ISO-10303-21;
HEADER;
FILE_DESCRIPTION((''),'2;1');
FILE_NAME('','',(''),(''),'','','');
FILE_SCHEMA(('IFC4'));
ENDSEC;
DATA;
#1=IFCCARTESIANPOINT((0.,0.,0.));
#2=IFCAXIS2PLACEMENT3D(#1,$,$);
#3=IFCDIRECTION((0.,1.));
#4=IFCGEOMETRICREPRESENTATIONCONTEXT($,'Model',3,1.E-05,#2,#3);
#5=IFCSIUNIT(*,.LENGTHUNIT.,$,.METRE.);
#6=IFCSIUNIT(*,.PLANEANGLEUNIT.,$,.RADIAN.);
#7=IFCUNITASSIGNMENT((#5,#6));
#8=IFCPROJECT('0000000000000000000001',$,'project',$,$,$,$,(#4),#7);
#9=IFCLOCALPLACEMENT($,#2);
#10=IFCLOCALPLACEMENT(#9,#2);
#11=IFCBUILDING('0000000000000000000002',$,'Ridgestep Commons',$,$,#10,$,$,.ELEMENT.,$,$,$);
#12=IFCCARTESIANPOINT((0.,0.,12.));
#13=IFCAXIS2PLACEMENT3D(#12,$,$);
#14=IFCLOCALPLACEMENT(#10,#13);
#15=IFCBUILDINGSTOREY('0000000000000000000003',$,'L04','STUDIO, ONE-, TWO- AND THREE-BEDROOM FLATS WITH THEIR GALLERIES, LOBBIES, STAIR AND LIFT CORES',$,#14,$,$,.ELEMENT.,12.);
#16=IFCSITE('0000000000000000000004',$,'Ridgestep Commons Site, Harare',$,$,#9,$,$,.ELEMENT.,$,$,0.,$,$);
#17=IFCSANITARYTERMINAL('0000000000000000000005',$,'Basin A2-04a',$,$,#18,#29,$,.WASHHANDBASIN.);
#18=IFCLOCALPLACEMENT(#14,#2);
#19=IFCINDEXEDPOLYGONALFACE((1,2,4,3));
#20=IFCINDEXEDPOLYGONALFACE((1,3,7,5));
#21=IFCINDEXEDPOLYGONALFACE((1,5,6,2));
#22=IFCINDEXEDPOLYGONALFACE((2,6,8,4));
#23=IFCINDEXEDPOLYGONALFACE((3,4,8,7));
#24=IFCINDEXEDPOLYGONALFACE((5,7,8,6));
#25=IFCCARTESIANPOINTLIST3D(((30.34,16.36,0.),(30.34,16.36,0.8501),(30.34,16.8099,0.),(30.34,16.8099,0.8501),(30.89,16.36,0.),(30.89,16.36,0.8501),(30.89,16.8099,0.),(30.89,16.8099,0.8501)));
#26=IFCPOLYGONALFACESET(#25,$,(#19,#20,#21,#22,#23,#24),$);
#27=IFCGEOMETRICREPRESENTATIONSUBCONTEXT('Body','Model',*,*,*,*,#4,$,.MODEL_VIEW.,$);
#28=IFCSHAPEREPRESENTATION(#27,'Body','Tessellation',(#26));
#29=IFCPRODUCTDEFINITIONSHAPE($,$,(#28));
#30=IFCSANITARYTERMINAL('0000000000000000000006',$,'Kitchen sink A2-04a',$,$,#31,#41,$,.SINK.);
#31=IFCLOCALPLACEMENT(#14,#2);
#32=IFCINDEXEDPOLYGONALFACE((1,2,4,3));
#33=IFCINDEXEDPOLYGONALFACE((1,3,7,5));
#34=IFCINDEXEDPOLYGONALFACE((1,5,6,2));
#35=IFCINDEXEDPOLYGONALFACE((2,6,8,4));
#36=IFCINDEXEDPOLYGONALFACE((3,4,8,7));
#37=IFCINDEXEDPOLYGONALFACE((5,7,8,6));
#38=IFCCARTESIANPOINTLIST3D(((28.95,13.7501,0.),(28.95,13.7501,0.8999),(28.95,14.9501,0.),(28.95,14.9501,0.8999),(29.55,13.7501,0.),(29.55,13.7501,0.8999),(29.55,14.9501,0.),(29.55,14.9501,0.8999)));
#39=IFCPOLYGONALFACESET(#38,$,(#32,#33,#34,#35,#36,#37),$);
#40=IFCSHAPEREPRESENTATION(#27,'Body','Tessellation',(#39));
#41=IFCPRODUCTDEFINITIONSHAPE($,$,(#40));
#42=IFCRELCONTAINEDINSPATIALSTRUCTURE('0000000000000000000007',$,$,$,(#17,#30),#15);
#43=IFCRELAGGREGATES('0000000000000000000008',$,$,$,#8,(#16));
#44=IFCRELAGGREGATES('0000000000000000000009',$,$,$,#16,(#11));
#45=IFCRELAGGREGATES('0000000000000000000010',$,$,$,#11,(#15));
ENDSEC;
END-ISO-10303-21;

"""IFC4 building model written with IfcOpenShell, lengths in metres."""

from ifc_helpers import new_model, si_unit, direction, frame, origin, origin_2d, place, context, subcontext, project, spatial, rectangle, extrude, element, save


model = new_model("IFC4")

# Units and contexts
model_context = context("Model", 3, precision=1e-05, world=origin(), true_north=direction((0.0, 1.0)))
body_context = subcontext(model_context, "Body", "Model", "MODEL_VIEW")
ifc_project = project(units=[si_unit("LENGTHUNIT", "METRE"), si_unit("PLANEANGLEUNIT", "RADIAN")], contexts=[model_context])

# Site, building, storey
site_placement = place(None, origin())
site = spatial("IfcSite", under=ifc_project, at=site_placement, Name="Ridgestep Commons Site, Harare", CompositionType="ELEMENT", RefElevation=0.0)
building_placement = place(site_placement, origin())
building = spatial("IfcBuilding", under=site, at=building_placement, Name="Ridgestep Commons", CompositionType="ELEMENT")
storey_placement = place(building_placement, frame((0.0, 0.0, 12.0)))
storey = spatial("IfcBuildingStorey", under=building, at=storey_placement, Name="L04", Description="STUDIO, ONE-, TWO- AND THREE-BEDROOM FLATS WITH THEIR GALLERIES, LOBBIES, STAIR AND LIFT CORES", CompositionType="ELEMENT", Elevation=12.0)

# Sanitary terminals
sanitary_terminal_1_placement = place(storey_placement, frame((30.615, 16.585, 0.0), z_axis=(0.0, 0.0, 1.0), x_axis=(1.0, 0.0, 0.0)))
element("IfcSanitaryTerminal", 1, at=sanitary_terminal_1_placement, inside=storey, Name="Basin A2-04a", PredefinedType="WASHHANDBASIN", context=body_context, shape_type="SweptSolid", body=[
    extrude(rectangle(XDim=0.55, YDim=0.45, at=origin_2d()), origin(), (0.0, 0.0, 1.0), 0.8501),
])
sanitary_terminal_2_placement = place(storey_placement, frame((29.25, 14.3501, 0.0), z_axis=(0.0, 0.0, 1.0), x_axis=(1.0, 0.0, 0.0)))
element("IfcSanitaryTerminal", 2, at=sanitary_terminal_2_placement, inside=storey, Name="Kitchen sink A2-04a", PredefinedType="SINK", context=body_context, shape_type="SweptSolid", body=[
    extrude(rectangle(XDim=0.6001, YDim=1.2, at=origin_2d()), origin(), (0.0, 0.0, 1.0), 0.8999),
])

save(model, "model.ifc")
